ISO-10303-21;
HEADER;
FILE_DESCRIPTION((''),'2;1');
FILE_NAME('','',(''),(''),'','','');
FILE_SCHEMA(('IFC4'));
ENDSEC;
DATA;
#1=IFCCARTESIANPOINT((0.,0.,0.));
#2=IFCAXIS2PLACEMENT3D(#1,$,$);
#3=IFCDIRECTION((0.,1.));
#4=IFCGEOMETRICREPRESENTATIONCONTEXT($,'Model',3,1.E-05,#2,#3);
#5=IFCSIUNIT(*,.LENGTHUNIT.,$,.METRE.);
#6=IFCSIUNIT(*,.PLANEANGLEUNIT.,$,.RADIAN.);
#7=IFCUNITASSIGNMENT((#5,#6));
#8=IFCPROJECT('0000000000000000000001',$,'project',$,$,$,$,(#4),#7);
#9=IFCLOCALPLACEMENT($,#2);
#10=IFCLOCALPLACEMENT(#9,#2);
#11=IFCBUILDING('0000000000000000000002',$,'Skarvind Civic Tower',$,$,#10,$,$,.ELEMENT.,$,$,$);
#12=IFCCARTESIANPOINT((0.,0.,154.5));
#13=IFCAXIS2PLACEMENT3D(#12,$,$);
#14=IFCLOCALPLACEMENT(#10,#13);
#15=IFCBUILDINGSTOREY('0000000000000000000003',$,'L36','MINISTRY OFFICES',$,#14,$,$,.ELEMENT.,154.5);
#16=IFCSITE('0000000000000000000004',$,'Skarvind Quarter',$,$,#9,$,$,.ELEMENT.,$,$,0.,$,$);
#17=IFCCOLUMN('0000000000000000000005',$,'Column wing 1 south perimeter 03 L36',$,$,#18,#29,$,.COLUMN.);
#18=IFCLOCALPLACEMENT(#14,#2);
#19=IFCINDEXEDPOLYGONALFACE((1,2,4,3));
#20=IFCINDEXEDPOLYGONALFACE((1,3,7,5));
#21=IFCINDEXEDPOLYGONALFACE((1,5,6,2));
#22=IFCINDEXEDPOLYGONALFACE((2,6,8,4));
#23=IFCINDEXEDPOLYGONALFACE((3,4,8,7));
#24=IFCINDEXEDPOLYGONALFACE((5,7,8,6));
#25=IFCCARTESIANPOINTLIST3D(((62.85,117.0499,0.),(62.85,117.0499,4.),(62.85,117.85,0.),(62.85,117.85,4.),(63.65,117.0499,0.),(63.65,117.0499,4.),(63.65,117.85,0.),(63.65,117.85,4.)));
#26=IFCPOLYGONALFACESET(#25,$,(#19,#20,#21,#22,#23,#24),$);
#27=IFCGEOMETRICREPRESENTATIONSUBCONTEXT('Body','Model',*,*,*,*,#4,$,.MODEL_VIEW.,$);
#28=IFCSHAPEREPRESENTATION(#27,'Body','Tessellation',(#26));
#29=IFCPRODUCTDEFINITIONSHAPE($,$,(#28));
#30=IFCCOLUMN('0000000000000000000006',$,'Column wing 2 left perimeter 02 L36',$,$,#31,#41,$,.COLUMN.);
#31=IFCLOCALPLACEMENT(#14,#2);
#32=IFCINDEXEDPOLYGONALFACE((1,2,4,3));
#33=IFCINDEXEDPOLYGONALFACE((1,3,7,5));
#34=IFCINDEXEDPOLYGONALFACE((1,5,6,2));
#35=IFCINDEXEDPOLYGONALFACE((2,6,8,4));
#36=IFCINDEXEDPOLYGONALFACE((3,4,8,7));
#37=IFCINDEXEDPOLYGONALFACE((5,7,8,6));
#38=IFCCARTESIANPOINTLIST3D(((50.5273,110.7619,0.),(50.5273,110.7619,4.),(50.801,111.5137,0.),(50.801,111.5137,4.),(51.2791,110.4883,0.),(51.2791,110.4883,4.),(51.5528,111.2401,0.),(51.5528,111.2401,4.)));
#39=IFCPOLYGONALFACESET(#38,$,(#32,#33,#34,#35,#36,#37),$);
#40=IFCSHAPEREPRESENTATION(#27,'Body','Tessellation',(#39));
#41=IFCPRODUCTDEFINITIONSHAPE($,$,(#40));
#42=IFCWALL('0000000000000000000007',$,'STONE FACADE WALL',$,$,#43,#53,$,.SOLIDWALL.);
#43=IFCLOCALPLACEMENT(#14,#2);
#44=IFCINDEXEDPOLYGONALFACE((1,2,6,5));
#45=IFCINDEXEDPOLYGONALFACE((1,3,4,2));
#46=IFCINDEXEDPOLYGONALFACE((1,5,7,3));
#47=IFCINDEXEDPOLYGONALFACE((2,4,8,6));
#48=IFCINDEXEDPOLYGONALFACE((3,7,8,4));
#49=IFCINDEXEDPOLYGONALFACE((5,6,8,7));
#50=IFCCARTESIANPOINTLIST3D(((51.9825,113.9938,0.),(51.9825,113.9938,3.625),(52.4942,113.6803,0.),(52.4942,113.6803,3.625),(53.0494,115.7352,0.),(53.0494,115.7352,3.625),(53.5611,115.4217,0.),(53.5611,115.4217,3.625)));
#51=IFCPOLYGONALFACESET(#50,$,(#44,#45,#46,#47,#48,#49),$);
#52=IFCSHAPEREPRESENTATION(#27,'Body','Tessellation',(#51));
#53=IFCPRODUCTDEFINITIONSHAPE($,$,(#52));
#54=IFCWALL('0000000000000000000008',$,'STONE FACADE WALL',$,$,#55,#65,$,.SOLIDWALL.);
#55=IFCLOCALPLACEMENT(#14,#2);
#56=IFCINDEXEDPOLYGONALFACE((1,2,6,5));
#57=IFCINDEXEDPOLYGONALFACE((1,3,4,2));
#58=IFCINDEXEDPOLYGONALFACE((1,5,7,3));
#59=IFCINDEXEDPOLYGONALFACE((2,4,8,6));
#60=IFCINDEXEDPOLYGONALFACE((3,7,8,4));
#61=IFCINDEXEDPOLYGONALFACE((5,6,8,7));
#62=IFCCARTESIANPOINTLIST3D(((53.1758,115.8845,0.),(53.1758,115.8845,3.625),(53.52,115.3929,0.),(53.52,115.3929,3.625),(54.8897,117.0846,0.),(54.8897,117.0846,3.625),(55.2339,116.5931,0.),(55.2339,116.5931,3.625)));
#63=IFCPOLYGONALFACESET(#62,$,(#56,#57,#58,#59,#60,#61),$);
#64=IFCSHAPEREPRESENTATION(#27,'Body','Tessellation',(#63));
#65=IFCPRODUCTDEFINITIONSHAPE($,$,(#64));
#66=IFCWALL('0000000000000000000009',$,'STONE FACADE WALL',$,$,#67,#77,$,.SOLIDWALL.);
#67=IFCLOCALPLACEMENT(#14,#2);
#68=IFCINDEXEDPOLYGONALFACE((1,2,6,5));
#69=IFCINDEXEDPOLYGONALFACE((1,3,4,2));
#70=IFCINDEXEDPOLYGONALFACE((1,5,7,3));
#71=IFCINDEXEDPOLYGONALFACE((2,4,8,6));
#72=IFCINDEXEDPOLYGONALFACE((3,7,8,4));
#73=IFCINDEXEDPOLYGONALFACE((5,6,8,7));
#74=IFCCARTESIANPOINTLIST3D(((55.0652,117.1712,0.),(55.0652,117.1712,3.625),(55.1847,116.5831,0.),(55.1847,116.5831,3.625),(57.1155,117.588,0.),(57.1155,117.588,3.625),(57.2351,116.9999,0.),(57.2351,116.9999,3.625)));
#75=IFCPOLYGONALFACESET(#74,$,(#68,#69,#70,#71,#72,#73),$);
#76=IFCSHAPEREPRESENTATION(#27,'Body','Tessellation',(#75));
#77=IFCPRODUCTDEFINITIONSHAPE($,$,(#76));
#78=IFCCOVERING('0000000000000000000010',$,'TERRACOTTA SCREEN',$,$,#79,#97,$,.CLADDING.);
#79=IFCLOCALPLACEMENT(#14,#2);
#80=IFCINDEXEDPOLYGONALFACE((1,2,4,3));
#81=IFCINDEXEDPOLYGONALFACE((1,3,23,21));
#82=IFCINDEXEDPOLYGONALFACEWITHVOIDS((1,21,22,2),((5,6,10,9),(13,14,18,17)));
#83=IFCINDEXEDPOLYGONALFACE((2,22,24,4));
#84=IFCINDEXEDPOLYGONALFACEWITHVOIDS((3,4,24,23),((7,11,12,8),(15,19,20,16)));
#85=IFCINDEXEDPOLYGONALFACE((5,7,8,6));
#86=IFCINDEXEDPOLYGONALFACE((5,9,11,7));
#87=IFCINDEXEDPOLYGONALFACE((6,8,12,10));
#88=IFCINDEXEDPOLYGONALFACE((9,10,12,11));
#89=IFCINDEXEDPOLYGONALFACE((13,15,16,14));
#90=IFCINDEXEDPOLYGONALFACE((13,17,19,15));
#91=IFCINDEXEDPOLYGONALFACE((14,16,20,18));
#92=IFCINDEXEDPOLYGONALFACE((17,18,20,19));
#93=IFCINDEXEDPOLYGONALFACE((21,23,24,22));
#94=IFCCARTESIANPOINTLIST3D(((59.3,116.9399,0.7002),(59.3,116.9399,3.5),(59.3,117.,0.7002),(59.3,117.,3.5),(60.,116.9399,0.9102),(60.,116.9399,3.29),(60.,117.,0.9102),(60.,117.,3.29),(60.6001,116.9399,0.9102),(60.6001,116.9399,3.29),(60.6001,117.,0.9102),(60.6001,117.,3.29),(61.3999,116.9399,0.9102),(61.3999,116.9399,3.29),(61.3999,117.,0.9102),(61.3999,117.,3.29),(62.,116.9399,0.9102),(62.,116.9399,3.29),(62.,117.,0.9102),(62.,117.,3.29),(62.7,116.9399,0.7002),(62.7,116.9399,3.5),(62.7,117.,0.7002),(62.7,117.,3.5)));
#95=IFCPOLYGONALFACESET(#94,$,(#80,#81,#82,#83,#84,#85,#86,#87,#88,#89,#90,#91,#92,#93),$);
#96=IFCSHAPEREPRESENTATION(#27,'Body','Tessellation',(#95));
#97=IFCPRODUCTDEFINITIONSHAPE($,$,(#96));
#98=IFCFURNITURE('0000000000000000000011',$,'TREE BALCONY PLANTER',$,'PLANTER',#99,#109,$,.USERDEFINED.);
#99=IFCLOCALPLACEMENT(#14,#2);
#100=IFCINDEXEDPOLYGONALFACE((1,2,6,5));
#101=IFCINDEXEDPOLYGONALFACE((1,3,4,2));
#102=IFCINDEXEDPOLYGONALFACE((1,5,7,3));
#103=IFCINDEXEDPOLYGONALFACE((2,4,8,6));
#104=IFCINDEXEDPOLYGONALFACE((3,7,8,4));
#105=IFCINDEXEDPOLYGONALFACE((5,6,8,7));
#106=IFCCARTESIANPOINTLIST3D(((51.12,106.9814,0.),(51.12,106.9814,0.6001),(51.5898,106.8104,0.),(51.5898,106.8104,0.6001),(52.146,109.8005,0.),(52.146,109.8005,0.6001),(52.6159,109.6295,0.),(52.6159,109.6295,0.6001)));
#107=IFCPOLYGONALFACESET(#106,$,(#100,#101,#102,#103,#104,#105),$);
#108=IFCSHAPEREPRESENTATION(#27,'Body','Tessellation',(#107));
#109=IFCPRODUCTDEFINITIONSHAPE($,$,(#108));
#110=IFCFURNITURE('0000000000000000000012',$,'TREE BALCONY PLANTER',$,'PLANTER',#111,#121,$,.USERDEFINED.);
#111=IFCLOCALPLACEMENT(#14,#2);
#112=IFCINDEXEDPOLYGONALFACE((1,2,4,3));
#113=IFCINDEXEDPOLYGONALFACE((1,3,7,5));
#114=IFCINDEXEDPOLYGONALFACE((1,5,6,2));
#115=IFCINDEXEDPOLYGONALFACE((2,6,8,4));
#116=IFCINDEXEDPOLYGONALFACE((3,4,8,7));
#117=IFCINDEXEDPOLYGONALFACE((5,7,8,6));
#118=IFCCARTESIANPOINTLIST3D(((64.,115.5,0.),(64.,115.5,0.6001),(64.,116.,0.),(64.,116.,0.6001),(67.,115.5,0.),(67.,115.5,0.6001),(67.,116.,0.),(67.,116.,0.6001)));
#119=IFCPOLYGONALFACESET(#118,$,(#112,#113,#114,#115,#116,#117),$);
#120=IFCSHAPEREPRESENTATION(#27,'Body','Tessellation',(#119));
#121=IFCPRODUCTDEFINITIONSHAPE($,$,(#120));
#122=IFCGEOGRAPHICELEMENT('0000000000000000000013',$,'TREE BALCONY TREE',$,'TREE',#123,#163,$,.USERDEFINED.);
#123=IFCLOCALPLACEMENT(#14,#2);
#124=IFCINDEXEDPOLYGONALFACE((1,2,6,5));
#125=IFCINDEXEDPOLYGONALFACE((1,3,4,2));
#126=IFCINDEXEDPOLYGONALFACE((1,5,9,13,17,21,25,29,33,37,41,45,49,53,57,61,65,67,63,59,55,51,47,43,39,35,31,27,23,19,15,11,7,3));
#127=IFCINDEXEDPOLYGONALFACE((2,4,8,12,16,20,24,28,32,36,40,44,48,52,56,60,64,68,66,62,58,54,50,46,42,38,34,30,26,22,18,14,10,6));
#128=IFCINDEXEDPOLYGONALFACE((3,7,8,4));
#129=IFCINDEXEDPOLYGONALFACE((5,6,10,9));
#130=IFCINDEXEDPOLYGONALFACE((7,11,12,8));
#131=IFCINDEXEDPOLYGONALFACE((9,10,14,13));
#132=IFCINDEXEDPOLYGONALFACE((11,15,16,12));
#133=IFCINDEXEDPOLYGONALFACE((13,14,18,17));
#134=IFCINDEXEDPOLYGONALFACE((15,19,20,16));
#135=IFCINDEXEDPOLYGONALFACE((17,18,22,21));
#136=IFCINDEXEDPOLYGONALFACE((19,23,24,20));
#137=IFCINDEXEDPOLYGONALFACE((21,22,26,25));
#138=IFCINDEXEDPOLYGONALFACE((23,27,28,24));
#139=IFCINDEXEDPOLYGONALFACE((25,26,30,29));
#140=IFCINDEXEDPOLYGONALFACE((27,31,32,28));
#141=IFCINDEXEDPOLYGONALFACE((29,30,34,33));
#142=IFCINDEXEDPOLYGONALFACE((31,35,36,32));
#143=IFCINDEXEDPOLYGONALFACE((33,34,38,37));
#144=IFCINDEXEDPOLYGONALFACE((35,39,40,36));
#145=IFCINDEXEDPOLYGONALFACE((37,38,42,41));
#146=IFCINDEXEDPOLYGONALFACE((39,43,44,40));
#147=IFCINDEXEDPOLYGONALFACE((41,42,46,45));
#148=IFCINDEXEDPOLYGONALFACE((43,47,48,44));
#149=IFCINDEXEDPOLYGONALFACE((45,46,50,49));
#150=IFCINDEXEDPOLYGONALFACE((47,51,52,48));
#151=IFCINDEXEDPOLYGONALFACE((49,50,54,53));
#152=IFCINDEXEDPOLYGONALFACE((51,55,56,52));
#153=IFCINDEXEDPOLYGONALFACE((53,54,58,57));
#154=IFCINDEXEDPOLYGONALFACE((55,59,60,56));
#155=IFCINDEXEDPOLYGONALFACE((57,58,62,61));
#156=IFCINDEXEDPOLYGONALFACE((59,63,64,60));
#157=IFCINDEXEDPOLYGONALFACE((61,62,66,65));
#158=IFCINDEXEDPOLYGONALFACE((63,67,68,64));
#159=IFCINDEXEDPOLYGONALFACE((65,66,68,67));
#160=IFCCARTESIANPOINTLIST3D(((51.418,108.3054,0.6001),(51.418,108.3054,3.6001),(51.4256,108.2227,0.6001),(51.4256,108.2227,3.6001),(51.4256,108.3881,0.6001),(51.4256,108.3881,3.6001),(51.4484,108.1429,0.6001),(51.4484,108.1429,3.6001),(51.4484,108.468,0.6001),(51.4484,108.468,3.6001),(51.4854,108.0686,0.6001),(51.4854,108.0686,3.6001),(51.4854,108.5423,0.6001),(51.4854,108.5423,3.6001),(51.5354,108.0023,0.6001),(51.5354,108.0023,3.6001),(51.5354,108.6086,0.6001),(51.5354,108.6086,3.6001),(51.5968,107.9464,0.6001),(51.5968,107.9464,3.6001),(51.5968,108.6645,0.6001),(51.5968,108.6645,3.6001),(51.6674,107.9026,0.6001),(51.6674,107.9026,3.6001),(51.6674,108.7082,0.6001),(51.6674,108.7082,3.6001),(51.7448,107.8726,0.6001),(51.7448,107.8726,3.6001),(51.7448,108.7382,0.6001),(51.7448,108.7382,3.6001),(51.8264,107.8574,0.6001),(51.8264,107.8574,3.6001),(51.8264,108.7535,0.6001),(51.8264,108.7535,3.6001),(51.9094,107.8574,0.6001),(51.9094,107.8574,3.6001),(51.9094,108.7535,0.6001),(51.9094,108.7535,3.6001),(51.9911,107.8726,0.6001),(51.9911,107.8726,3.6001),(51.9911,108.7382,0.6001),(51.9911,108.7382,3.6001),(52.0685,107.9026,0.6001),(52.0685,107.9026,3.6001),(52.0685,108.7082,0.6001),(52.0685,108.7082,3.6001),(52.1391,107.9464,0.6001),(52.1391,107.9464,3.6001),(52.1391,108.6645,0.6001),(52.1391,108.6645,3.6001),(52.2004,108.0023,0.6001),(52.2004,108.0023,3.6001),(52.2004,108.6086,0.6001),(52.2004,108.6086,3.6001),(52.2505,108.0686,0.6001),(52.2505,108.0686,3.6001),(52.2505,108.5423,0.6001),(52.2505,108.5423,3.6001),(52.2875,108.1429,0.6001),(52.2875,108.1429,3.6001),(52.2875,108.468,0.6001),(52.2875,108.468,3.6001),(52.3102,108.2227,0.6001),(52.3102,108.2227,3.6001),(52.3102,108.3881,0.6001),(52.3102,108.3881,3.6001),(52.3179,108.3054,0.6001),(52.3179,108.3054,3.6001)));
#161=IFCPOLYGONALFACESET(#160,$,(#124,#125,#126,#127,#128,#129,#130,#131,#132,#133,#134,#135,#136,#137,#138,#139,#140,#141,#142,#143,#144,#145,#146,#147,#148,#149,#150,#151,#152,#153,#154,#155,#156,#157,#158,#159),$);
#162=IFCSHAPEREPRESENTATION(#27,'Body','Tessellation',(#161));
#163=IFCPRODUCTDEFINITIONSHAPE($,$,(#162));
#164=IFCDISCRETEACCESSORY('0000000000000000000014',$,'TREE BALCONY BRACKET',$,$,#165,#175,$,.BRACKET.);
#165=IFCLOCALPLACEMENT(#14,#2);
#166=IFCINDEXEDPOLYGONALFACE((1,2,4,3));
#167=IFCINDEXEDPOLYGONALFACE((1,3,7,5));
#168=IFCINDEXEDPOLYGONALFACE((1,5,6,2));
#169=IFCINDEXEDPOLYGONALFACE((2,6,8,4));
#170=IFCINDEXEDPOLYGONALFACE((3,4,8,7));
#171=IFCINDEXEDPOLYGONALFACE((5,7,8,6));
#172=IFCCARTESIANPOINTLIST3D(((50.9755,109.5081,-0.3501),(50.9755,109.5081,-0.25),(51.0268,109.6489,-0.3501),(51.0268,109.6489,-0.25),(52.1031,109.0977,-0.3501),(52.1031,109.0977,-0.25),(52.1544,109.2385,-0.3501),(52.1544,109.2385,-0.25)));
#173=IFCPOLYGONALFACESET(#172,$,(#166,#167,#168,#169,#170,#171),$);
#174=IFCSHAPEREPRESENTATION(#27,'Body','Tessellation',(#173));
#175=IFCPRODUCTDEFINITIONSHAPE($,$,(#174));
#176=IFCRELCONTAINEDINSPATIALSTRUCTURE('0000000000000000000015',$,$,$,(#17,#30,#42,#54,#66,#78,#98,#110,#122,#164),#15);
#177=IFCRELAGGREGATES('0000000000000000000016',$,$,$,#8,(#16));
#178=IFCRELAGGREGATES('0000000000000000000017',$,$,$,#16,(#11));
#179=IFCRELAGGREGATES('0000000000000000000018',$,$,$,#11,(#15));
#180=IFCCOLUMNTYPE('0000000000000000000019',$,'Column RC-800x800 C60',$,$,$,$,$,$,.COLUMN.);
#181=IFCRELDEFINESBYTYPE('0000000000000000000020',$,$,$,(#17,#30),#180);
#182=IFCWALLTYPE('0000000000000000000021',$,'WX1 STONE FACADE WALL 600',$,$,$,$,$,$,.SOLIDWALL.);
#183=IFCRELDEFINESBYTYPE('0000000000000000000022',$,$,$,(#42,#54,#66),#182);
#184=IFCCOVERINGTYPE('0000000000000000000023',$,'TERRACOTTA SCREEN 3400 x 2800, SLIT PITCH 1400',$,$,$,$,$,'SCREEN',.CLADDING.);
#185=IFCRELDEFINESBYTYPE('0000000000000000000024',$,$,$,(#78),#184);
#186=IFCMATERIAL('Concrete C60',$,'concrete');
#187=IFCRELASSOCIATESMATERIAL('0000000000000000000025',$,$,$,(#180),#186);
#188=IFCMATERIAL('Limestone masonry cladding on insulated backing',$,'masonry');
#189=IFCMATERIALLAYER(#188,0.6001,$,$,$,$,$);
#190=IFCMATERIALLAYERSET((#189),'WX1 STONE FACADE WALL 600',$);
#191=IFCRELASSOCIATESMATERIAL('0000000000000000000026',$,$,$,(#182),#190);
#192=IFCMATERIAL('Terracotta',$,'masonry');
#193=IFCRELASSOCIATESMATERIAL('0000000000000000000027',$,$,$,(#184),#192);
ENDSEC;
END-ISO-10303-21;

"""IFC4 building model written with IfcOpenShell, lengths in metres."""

from ifc_helpers import new_model, si_unit, direction, frame, frame_2d, origin, origin_2d, place, context, subcontext, project, spatial, polyline, rectangle, circle, outline, extrude, material, layer, layer_set, material_profile, profile_set, type_object, element, save


model = new_model("IFC4")

# Units and contexts
model_context = context("Model", 3, precision=1e-05, world=origin(), true_north=direction((0.0, 1.0)))
body_context = subcontext(model_context, "Body", "Model", "MODEL_VIEW")
ifc_project = project(units=[si_unit("LENGTHUNIT", "METRE"), si_unit("PLANEANGLEUNIT", "RADIAN")], contexts=[model_context])

# Site, building, storey
site_placement = place(None, origin())
site = spatial("IfcSite", under=ifc_project, at=site_placement, Name="Skarvind Quarter", CompositionType="ELEMENT", RefElevation=0.0)
building_placement = place(site_placement, origin())
building = spatial("IfcBuilding", under=site, at=building_placement, Name="Skarvind Civic Tower", CompositionType="ELEMENT")
storey_placement = place(building_placement, frame((0.0, 0.0, 154.5)))
storey = spatial("IfcBuildingStorey", under=building, at=storey_placement, Name="L36", Description="MINISTRY OFFICES", CompositionType="ELEMENT", Elevation=154.5)

# Columns
ifc_material_1 = material(Name="Concrete C60", Category="concrete")
ifc_material_profile_1 = material_profile(ifc_material_1, rectangle(XDim=0.8, YDim=0.8, at=origin_2d()), Name="RC-800x800")
ifc_profile_set_1 = profile_set([ifc_material_profile_1], Name="Concrete C60")
column_type = type_object("IfcColumnType", Name="Column RC-800x800 C60", PredefinedType="COLUMN", material=ifc_profile_set_1)
for number, where, z_axis, x_axis, name in (
    (1, (63.25, 117.45, 0.0), (0.0, 0.0, 1.0), (1.0, 0.0, 0.0), "Column wing 1 south perimeter 03 L36"),
    (2, (51.04, 111.001, 0.0), (0.0, 0.0, 1.0), (-0.34202, -0.939693, 0.0), "Column wing 2 left perimeter 02 L36"),
):
    element("IfcColumn", number, at=place(storey_placement, frame(where, z_axis=z_axis, x_axis=x_axis)), inside=storey, type_object=column_type, Name=name, PredefinedType="COLUMN", context=body_context, shape_type="SweptSolid", body=[
        extrude(rectangle(XDim=0.8, YDim=0.8, at=origin_2d()), origin(), (0.0, 0.0, 1.0), 4.0),
    ])

# Shared definitions
ifc_material_2 = material(Name="Limestone masonry cladding on insulated backing", Category="masonry")
ifc_layer = layer(ifc_material_2, 0.6001)
ifc_layer_set = layer_set([ifc_layer], Name="WX1 STONE FACADE WALL 600")
wall_type = type_object("IfcWallType", Name="WX1 STONE FACADE WALL 600", PredefinedType="SOLIDWALL", material=ifc_layer_set)

# Walls
wall_1_placement = place(storey_placement, frame((53.3052, 115.5784, 0.0), z_axis=(0.0, 0.0, 1.0), x_axis=(-0.522402, -0.852699, 0.0)))
element("IfcWall", 3, at=wall_1_placement, inside=storey, type_object=wall_type, Name="STONE FACADE WALL", PredefinedType="SOLIDWALL", context=body_context, shape_type="SweptSolid", body=[
    extrude(rectangle(XDim=2.0422, YDim=0.6001, at=frame_2d((1.021, 0.0))), origin(), (0.0, 0.0, 1.0), 3.625),
])
for number, where, z_axis, x_axis, name in (
    (4, (55.0618, 116.8389, 0.0), (0.0, 0.0, 1.0), (-0.819122, -0.573619, 0.0), "STONE FACADE WALL"),
    (5, (57.1753, 117.2939, 0.0), (0.0, 0.0, 1.0), (-0.979961, -0.199189, 0.0), "STONE FACADE WALL"),
):
    element("IfcWall", number, at=place(storey_placement, frame(where, z_axis=z_axis, x_axis=x_axis)), inside=storey, type_object=wall_type, Name=name, PredefinedType="SOLIDWALL", context=body_context, shape_type="SweptSolid", body=[
        extrude(rectangle(XDim=2.0923, YDim=0.6001, at=frame_2d((1.0461, 0.0))), origin(), (0.0, 0.0, 1.0), 3.625),
    ])

# Covering
ifc_material_3 = material(Name="Terracotta", Category="masonry")
ifc_material_profile_2 = material_profile(ifc_material_3, outline(polyline([(-1.7, -1.3999), (1.7, -1.3999), (1.7, 1.3999), (-1.7, 1.3999), (-1.7, -1.3999)]), holes=[polyline([(-1.0, -1.1899), (-0.3999, -1.1899), (-0.3999, 1.1899), (-1.0, 1.1899), (-1.0, -1.1899)]), polyline([(0.3999, -1.1899), (1.0, -1.1899), (1.0, 1.1899), (0.3999, 1.1899), (0.3999, -1.1899)])]), Name="TERRACOTTA SCREEN 3400 x 2800, SLIT PITCH 1400")
ifc_profile_set_2 = profile_set([ifc_material_profile_2], Name="Terracotta")
covering_type = type_object("IfcCoveringType", Name="TERRACOTTA SCREEN 3400 x 2800, SLIT PITCH 1400", ElementType="SCREEN", PredefinedType="CLADDING", material=ifc_profile_set_2)
covering_placement = place(storey_placement, frame((61.0, 117.0, 2.1001), z_axis=(0.0, -1.0, 0.0), x_axis=(1.0, 0.0, 0.0)))
element("IfcCovering", 6, at=covering_placement, inside=storey, type_object=covering_type, Name="TERRACOTTA SCREEN", PredefinedType="CLADDING", context=body_context, shape_type="SweptSolid", body=[
    extrude(outline(polyline([(-1.7, -1.3999), (1.7, -1.3999), (1.7, 1.3999), (-1.7, 1.3999), (-1.7, -1.3999)]), holes=[polyline([(-1.0, -1.1899), (-0.3999, -1.1899), (-0.3999, 1.1899), (-1.0, 1.1899), (-1.0, -1.1899)]), polyline([(0.3999, -1.1899), (1.0, -1.1899), (1.0, 1.1899), (0.3999, 1.1899), (0.3999, -1.1899)])]), origin(), (0.0, 0.0, 1.0), 0.0601),
])

# Furniture
for number, where, z_axis, x_axis, name in (
    (7, (51.8679, 108.3054, 0.0), (0.0, 0.0, 1.0), (-0.34202, -0.939693, 0.0), "TREE BALCONY PLANTER"),
    (8, (65.5, 115.75, 0.0), (0.0, 0.0, 1.0), (-1.0, 0.0, 0.0), "TREE BALCONY PLANTER"),
):
    element("IfcFurniture", number, at=place(storey_placement, frame(where, z_axis=z_axis, x_axis=x_axis)), inside=storey, Name=name, ObjectType="PLANTER", PredefinedType="USERDEFINED", context=body_context, shape_type="SweptSolid", body=[
        extrude(rectangle(XDim=3.0, YDim=0.5, at=origin_2d()), origin(), (0.0, 0.0, 1.0), 0.6001),
    ])

# Geographic element
geographic_element_1_placement = place(storey_placement, frame((51.8679, 108.3054, 0.6001), z_axis=(0.0, 0.0, 1.0), x_axis=(1.0, 0.0, 0.0)))
element("IfcGeographicElement", 9, at=geographic_element_1_placement, inside=storey, Name="TREE BALCONY TREE", ObjectType="TREE", PredefinedType="USERDEFINED", context=body_context, shape_type="SweptSolid", body=[
    extrude(circle(Radius=0.45, at=origin_2d()), origin(), (0.0, 0.0, 1.0), 3.0),
])

# Discrete accessory
discrete_accessory_placement = place(storey_placement, frame((51.5649, 109.3733, -0.3501), z_axis=(0.0, 0.0, 1.0), x_axis=(-0.34202, -0.939693, 0.0)))
element("IfcDiscreteAccessory", 10, at=discrete_accessory_placement, inside=storey, Name="TREE BALCONY BRACKET", PredefinedType="BRACKET", context=body_context, shape_type="SweptSolid", body=[
    extrude(rectangle(XDim=0.1499, YDim=1.2, at=origin_2d()), origin(), (0.0, 0.0, 1.0), 0.1001),
])

save(model, "model.ifc")
